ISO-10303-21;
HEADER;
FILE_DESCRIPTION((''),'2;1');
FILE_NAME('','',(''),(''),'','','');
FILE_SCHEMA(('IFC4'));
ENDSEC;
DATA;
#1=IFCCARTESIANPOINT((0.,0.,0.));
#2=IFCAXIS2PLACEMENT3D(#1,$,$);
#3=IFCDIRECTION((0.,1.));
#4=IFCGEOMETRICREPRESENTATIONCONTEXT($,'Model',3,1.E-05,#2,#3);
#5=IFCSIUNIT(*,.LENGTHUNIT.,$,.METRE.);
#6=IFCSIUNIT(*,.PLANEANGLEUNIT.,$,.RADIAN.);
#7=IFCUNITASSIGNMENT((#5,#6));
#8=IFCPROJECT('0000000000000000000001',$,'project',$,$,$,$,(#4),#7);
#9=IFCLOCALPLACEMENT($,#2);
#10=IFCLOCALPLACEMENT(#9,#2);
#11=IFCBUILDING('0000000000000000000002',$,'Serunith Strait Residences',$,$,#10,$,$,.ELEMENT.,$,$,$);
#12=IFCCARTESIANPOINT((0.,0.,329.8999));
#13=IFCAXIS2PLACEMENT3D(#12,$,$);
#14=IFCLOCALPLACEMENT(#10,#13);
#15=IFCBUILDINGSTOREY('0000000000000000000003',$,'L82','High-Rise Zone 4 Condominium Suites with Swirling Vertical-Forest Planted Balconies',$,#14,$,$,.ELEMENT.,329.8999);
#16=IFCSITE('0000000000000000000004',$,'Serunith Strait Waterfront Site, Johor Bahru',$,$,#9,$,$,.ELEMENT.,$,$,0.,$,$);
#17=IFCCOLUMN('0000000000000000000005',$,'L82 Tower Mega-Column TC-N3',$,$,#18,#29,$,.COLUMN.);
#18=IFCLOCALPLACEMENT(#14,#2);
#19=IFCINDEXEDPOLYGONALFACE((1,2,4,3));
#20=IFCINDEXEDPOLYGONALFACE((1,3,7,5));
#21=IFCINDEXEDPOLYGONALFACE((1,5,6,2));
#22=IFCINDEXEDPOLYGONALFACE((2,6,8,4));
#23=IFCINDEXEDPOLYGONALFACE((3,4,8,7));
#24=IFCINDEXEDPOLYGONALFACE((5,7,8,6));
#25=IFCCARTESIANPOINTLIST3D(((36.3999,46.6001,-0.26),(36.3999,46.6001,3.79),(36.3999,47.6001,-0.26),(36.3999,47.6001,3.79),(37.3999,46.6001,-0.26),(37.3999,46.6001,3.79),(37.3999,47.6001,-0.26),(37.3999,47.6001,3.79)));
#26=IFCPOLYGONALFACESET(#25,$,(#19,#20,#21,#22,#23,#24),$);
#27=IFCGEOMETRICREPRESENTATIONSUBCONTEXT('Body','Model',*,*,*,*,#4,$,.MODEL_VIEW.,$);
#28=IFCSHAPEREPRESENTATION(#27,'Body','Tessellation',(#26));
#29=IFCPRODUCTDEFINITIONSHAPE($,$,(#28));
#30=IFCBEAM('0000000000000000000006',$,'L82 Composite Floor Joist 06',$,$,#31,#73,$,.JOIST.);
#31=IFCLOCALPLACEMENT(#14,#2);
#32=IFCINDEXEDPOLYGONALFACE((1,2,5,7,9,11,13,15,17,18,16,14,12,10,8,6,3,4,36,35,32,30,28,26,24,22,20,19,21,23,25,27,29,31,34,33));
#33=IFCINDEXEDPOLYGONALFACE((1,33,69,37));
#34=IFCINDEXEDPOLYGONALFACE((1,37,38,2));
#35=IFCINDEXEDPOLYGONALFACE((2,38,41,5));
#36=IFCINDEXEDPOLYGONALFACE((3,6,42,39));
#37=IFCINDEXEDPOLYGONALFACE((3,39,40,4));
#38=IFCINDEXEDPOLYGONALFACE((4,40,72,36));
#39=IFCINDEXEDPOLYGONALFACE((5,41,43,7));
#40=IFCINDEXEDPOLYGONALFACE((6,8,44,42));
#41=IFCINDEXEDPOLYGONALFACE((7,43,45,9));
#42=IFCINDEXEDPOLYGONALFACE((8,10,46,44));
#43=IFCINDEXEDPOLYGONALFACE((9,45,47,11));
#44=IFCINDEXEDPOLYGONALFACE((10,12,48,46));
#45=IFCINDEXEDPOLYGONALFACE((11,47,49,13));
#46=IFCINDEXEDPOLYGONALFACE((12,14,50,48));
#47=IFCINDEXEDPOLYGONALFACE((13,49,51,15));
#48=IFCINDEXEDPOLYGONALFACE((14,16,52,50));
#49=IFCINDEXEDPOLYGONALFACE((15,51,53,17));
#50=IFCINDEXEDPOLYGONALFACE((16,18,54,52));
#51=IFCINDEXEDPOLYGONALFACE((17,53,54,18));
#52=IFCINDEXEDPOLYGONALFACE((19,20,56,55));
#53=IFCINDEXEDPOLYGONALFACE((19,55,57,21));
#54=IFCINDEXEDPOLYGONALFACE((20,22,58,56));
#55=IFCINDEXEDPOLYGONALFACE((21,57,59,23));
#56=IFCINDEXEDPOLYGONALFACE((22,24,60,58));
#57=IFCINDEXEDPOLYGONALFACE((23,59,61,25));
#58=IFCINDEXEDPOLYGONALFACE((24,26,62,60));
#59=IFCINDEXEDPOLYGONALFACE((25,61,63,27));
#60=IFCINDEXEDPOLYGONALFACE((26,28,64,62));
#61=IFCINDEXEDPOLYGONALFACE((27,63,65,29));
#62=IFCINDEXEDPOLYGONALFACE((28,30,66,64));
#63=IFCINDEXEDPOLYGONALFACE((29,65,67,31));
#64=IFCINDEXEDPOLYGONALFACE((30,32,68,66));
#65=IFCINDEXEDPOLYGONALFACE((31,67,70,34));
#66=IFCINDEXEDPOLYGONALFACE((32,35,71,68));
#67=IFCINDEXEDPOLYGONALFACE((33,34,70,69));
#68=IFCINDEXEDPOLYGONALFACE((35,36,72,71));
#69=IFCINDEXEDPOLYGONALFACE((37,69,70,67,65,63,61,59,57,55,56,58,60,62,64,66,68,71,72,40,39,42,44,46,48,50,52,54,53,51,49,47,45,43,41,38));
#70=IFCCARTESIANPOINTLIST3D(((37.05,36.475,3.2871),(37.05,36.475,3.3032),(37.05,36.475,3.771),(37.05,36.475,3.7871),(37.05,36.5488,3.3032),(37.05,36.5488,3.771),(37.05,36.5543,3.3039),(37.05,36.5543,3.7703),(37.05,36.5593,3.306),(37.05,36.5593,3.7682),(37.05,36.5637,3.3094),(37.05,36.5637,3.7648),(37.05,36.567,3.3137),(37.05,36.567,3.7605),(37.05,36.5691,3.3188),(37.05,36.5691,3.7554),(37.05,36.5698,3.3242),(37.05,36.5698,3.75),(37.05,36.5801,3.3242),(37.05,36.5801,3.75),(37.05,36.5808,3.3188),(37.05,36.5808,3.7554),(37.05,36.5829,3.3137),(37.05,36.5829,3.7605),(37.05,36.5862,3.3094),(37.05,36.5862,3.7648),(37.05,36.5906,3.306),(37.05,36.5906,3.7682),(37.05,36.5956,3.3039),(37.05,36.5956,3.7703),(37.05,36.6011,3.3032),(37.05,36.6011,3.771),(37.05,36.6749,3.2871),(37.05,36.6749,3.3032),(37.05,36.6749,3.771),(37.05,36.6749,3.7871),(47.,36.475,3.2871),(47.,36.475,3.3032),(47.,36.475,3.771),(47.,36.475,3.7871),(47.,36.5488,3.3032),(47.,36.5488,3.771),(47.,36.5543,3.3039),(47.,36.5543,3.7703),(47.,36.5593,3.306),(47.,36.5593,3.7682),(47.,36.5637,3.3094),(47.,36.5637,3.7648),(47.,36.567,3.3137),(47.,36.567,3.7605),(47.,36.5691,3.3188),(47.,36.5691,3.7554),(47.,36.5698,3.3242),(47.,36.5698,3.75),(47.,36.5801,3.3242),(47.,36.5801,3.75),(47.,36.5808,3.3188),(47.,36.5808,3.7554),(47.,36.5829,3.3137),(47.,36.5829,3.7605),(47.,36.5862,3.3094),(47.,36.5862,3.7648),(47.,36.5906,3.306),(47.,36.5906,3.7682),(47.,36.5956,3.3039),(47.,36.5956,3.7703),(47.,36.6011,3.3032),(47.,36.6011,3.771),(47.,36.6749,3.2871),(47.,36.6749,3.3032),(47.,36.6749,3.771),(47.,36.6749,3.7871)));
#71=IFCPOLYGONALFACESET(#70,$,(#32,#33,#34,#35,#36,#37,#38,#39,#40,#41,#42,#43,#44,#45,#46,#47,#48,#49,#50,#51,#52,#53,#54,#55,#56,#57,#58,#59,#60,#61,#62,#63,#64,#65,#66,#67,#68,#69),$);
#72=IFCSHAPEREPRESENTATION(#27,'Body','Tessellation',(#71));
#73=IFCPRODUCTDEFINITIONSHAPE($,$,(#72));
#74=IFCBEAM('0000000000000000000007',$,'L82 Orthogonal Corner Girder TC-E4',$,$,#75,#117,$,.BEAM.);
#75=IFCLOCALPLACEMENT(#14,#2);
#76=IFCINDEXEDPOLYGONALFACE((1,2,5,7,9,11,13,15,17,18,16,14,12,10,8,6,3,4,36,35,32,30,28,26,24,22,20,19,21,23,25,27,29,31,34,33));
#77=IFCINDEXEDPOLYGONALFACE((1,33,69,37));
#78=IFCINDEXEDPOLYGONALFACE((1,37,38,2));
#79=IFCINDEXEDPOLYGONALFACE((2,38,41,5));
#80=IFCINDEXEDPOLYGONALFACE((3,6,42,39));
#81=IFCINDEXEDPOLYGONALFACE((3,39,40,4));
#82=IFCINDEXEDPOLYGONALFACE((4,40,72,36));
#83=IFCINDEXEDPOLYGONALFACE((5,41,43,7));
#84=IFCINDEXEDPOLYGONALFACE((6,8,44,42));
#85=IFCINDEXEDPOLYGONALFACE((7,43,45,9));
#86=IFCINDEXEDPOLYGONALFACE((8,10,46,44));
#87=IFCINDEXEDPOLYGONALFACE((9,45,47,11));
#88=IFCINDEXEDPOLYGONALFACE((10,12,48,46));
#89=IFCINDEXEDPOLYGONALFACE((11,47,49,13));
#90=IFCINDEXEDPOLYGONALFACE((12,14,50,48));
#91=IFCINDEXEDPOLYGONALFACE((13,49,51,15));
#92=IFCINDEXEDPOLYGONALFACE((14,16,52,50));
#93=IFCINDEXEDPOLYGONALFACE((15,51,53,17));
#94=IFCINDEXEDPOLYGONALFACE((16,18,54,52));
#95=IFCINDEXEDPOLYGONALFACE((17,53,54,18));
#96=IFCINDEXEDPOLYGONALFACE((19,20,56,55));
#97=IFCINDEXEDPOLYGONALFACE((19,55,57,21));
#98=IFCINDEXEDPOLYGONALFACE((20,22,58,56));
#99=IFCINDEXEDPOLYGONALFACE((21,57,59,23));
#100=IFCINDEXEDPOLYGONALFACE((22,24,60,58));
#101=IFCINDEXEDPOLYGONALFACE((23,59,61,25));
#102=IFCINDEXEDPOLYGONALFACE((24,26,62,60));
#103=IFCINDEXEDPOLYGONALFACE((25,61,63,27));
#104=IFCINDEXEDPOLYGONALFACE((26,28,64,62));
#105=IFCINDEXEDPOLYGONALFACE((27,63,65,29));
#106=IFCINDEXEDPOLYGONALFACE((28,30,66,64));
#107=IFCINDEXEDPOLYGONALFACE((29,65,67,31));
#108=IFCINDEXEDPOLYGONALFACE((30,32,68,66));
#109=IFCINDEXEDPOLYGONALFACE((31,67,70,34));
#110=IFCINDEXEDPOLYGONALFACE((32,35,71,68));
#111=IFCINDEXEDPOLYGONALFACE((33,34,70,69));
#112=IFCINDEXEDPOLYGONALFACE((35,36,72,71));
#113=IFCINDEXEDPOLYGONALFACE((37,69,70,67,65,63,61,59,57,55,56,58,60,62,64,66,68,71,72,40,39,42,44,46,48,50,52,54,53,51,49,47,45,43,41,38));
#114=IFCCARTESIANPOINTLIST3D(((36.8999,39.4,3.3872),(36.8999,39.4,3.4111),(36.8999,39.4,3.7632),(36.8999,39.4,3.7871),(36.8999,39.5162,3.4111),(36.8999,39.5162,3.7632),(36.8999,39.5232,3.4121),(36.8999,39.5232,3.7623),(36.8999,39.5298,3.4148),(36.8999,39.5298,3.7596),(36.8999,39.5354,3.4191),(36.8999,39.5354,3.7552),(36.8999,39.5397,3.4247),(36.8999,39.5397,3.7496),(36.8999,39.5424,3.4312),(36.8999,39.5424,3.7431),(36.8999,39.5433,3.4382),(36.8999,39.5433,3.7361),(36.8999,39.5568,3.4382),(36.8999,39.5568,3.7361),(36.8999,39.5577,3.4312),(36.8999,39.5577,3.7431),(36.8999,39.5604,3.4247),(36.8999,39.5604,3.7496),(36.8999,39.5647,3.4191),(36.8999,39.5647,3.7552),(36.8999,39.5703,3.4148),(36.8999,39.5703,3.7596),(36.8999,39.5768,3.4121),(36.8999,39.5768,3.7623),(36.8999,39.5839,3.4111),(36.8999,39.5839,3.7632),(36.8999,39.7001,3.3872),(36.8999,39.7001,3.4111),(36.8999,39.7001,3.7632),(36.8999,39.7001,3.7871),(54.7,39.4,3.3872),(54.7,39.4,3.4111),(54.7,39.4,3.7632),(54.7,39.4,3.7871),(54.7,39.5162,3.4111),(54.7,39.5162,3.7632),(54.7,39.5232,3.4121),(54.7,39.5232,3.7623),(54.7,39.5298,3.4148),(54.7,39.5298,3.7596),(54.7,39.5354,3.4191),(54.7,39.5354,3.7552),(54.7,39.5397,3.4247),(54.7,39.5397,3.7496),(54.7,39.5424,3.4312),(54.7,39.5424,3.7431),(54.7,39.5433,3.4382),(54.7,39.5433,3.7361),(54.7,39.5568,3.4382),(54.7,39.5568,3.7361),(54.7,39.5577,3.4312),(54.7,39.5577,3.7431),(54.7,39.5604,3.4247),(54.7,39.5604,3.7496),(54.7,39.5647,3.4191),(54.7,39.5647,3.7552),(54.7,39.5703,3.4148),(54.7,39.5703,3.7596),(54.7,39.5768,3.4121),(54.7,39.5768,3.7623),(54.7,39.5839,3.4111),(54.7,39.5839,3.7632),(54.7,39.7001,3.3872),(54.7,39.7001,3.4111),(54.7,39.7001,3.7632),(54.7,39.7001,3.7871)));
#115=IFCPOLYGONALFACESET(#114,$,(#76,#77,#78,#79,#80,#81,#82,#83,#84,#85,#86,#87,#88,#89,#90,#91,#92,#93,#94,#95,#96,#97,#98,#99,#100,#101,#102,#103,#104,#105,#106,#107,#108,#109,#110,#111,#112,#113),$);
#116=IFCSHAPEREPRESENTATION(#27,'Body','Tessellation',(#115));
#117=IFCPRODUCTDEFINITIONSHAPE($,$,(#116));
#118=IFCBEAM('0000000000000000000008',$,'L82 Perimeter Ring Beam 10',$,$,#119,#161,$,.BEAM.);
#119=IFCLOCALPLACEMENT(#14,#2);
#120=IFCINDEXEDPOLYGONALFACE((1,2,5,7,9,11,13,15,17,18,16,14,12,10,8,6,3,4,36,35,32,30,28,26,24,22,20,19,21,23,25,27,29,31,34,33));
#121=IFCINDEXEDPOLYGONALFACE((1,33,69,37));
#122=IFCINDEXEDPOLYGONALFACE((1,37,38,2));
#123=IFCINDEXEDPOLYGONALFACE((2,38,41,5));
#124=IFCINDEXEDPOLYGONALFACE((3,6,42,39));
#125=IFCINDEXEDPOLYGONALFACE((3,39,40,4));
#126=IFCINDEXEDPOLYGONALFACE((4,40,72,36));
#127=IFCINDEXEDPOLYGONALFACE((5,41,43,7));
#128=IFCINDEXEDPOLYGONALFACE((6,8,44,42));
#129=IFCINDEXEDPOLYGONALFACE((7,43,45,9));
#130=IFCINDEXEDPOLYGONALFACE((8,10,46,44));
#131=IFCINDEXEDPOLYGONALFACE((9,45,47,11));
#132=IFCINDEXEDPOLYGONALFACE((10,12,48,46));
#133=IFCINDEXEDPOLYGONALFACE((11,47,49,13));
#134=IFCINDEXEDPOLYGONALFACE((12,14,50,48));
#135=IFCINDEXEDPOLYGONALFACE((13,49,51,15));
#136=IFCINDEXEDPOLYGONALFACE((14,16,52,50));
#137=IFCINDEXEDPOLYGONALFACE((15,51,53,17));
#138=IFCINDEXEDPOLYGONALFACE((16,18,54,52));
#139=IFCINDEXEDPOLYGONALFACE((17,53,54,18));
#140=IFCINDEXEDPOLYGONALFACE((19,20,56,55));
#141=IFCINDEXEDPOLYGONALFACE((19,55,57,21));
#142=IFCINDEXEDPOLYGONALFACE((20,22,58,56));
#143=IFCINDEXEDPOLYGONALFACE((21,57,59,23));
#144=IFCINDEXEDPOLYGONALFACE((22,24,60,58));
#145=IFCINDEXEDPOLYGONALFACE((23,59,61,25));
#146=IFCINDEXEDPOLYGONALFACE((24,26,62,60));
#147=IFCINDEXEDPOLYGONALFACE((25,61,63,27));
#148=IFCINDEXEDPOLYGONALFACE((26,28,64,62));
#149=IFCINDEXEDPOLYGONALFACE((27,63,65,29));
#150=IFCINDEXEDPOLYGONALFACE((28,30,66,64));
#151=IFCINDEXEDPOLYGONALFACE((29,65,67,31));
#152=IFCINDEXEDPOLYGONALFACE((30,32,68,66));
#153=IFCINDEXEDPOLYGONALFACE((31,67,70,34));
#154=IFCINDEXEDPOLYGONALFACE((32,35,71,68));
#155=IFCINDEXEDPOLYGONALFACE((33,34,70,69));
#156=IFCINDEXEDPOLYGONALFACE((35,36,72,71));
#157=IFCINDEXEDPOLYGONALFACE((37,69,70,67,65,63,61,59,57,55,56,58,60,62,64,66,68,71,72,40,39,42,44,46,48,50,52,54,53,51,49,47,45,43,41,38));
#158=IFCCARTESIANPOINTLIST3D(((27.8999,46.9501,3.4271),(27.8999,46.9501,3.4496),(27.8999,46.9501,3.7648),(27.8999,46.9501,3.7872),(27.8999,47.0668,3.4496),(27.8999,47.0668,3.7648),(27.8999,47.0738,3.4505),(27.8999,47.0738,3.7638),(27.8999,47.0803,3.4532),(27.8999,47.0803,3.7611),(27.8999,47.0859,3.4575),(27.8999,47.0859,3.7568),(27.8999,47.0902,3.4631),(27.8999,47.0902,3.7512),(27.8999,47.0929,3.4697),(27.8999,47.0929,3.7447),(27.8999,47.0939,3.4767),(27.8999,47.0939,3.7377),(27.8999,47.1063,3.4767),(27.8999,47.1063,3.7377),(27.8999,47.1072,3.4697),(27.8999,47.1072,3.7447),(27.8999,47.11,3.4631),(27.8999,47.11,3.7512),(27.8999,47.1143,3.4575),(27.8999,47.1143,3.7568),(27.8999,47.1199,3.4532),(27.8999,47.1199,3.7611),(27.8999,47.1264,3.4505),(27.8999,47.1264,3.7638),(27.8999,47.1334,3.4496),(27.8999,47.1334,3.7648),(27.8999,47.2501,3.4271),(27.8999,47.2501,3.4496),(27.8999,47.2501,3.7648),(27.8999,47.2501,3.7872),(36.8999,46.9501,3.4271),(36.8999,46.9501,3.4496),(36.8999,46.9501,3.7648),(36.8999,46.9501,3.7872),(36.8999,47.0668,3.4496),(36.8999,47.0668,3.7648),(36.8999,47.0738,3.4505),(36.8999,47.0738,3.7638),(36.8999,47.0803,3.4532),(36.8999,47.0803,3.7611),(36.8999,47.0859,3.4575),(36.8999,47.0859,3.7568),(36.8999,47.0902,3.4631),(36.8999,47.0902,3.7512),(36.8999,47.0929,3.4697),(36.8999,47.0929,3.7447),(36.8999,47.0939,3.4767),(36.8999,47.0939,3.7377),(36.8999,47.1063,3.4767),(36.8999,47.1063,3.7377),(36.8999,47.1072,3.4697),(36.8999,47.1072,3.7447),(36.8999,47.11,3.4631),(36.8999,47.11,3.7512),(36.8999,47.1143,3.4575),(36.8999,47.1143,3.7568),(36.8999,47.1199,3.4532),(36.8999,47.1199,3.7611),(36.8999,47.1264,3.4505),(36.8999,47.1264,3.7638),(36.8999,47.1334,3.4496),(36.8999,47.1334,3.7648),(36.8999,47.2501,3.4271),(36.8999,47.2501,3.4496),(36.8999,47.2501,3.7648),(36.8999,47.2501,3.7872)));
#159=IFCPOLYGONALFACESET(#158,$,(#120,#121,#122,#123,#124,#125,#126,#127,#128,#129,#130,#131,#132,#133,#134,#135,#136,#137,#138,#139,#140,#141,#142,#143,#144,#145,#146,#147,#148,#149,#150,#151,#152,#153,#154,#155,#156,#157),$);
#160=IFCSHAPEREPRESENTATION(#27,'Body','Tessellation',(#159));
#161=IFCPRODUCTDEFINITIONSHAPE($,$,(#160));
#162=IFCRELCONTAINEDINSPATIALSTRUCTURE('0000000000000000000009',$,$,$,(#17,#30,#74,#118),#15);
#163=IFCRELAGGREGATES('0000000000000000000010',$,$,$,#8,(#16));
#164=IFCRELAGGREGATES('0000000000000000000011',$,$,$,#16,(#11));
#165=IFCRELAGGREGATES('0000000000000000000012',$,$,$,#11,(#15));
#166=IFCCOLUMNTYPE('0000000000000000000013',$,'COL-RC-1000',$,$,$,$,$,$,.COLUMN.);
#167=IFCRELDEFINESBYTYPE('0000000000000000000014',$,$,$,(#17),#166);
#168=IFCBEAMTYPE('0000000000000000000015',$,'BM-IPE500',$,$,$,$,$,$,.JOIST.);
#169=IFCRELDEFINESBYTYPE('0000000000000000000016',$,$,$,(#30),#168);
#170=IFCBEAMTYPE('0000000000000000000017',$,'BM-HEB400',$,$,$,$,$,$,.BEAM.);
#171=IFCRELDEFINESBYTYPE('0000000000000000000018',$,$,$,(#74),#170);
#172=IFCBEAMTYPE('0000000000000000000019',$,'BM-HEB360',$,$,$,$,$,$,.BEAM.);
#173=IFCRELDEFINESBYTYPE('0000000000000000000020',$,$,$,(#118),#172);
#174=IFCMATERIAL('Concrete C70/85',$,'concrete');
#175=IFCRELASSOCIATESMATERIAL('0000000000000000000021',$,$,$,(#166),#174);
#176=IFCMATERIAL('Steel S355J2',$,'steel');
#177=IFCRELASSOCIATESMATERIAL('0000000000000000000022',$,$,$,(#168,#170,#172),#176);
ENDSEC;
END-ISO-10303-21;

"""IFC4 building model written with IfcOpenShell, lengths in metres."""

from ifc_helpers import new_model, si_unit, direction, frame, origin, origin_2d, place, context, subcontext, project, spatial, rectangle, i_section, extrude, source, transform, mapped, material, material_profile, profile_set, type_object, element, save


model = new_model("IFC4")

# Units and contexts
model_context = context("Model", 3, precision=1e-05, world=origin(), true_north=direction((0.0, 1.0)))
body_context = subcontext(model_context, "Body", "Model", "MODEL_VIEW")
ifc_project = project(units=[si_unit("LENGTHUNIT", "METRE"), si_unit("PLANEANGLEUNIT", "RADIAN")], contexts=[model_context])

# Site, building, storey
site_placement = place(None, origin())
site = spatial("IfcSite", under=ifc_project, at=site_placement, Name="Serunith Strait Waterfront Site, Johor Bahru", CompositionType="ELEMENT", RefElevation=0.0)
building_placement = place(site_placement, origin())
building = spatial("IfcBuilding", under=site, at=building_placement, Name="Serunith Strait Residences", CompositionType="ELEMENT")
storey_placement = place(building_placement, frame((0.0, 0.0, 329.8999)))
storey = spatial("IfcBuildingStorey", under=building, at=storey_placement, Name="L82", Description="High-Rise Zone 4 Condominium Suites with Swirling Vertical-Forest Planted Balconies", CompositionType="ELEMENT", Elevation=329.8999)

# Column
ifc_material_1 = material(Name="Concrete C70/85", Category="concrete")
ifc_material_profile_1 = material_profile(ifc_material_1, rectangle(XDim=1.0, YDim=1.0, at=origin_2d()), Name="RC 1000x1000")
ifc_profile_set_1 = profile_set([ifc_material_profile_1], Name="Concrete C70/85")
column_type = type_object("IfcColumnType", Name="COL-RC-1000", PredefinedType="COLUMN", material=ifc_profile_set_1)
shared_shape_1 = source(origin(), body_context, "Body", "SweptSolid", [
    extrude(rectangle(XDim=1.0, YDim=1.0, at=origin_2d()), origin(), (0.0, 0.0, 1.0), 4.05),
])
column_placement = place(storey_placement, frame((36.8999, 47.1001, -0.26), z_axis=(0.0, 0.0, 1.0), x_axis=(1.0, 0.0, 0.0)))
element("IfcColumn", 1, at=column_placement, inside=storey, type_object=column_type, Name="L82 Tower Mega-Column TC-N3", PredefinedType="COLUMN", context=body_context, shape_type="MappedRepresentation", body=[
    mapped(shared_shape_1, transform((0.0, 0.0, 0.0), scale=1.0)),
])

# Beams
ifc_material_2 = material(Name="Steel S355J2", Category="steel")
ifc_material_profile_2 = material_profile(ifc_material_2, i_section(OverallWidth=0.2, OverallDepth=0.5, WebThickness=0.0103, FlangeThickness=0.0161, FilletRadius=0.021, at=origin_2d()), Name="IPE 500")
ifc_profile_set_2 = profile_set([ifc_material_profile_2], Name="Steel S355J2")
beam_type_1 = type_object("IfcBeamType", Name="BM-IPE500", PredefinedType="JOIST", material=ifc_profile_set_2)
shared_shape_2 = source(origin(), body_context, "Body", "SweptSolid", [
    extrude(i_section(OverallWidth=0.2, OverallDepth=0.5, WebThickness=0.0103, FlangeThickness=0.0161, FilletRadius=0.021, at=origin_2d()), origin(), (0.0, 0.0, 1.0), 9.95),
])
beam_1_placement = place(storey_placement, frame((37.05, 36.575, 3.5371), z_axis=(1.0, 0.0, 0.0), x_axis=(0.0, 1.0, 0.0)))
element("IfcBeam", 2, at=beam_1_placement, inside=storey, type_object=beam_type_1, Name="L82 Composite Floor Joist 06", PredefinedType="JOIST", context=body_context, shape_type="MappedRepresentation", body=[
    mapped(shared_shape_2, transform((0.0, 0.0, 0.0), scale=1.0)),
])
ifc_material_profile_3 = material_profile(ifc_material_2, i_section(OverallWidth=0.3, OverallDepth=0.3999, WebThickness=0.0134, FlangeThickness=0.0239, FilletRadius=0.0271, at=origin_2d()), Name="HEB 400")
ifc_profile_set_3 = profile_set([ifc_material_profile_3], Name="Steel S355J2")
beam_type_2 = type_object("IfcBeamType", Name="BM-HEB400", PredefinedType="BEAM", material=ifc_profile_set_3)
shared_shape_3 = source(origin(), body_context, "Body", "SweptSolid", [
    extrude(i_section(OverallWidth=0.3, OverallDepth=0.3999, WebThickness=0.0134, FlangeThickness=0.0239, FilletRadius=0.0271, at=origin_2d()), origin(), (0.0, 0.0, 1.0), 17.8),
])
beam_2_placement = place(storey_placement, frame((36.8999, 39.55, 3.5872), z_axis=(1.0, 0.0, 0.0), x_axis=(0.0, 1.0, 0.0)))
element("IfcBeam", 3, at=beam_2_placement, inside=storey, type_object=beam_type_2, Name="L82 Orthogonal Corner Girder TC-E4", PredefinedType="BEAM", context=body_context, shape_type="MappedRepresentation", body=[
    mapped(shared_shape_3, transform((0.0, 0.0, 0.0), scale=1.0)),
])
ifc_material_profile_4 = material_profile(ifc_material_2, i_section(OverallWidth=0.3, OverallDepth=0.3601, WebThickness=0.0125, FlangeThickness=0.0225, FilletRadius=0.0271, at=origin_2d()), Name="HEB 360")
ifc_profile_set_4 = profile_set([ifc_material_profile_4], Name="Steel S355J2")
beam_type_3 = type_object("IfcBeamType", Name="BM-HEB360", PredefinedType="BEAM", material=ifc_profile_set_4)
shared_shape_4 = source(origin(), body_context, "Body", "SweptSolid", [
    extrude(i_section(OverallWidth=0.3, OverallDepth=0.3601, WebThickness=0.0125, FlangeThickness=0.0225, FilletRadius=0.0271, at=origin_2d()), origin(), (0.0, 0.0, 1.0), 9.0),
])
beam_3_placement = place(storey_placement, frame((36.8999, 47.1001, 3.6072), z_axis=(-1.0, 0.0, 0.0), x_axis=(0.0, -1.0, 0.0)))
element("IfcBeam", 4, at=beam_3_placement, inside=storey, type_object=beam_type_3, Name="L82 Perimeter Ring Beam 10", PredefinedType="BEAM", context=body_context, shape_type="MappedRepresentation", body=[
    mapped(shared_shape_4, transform((0.0, 0.0, 0.0), scale=1.0)),
])

save(model, "model.ifc")
